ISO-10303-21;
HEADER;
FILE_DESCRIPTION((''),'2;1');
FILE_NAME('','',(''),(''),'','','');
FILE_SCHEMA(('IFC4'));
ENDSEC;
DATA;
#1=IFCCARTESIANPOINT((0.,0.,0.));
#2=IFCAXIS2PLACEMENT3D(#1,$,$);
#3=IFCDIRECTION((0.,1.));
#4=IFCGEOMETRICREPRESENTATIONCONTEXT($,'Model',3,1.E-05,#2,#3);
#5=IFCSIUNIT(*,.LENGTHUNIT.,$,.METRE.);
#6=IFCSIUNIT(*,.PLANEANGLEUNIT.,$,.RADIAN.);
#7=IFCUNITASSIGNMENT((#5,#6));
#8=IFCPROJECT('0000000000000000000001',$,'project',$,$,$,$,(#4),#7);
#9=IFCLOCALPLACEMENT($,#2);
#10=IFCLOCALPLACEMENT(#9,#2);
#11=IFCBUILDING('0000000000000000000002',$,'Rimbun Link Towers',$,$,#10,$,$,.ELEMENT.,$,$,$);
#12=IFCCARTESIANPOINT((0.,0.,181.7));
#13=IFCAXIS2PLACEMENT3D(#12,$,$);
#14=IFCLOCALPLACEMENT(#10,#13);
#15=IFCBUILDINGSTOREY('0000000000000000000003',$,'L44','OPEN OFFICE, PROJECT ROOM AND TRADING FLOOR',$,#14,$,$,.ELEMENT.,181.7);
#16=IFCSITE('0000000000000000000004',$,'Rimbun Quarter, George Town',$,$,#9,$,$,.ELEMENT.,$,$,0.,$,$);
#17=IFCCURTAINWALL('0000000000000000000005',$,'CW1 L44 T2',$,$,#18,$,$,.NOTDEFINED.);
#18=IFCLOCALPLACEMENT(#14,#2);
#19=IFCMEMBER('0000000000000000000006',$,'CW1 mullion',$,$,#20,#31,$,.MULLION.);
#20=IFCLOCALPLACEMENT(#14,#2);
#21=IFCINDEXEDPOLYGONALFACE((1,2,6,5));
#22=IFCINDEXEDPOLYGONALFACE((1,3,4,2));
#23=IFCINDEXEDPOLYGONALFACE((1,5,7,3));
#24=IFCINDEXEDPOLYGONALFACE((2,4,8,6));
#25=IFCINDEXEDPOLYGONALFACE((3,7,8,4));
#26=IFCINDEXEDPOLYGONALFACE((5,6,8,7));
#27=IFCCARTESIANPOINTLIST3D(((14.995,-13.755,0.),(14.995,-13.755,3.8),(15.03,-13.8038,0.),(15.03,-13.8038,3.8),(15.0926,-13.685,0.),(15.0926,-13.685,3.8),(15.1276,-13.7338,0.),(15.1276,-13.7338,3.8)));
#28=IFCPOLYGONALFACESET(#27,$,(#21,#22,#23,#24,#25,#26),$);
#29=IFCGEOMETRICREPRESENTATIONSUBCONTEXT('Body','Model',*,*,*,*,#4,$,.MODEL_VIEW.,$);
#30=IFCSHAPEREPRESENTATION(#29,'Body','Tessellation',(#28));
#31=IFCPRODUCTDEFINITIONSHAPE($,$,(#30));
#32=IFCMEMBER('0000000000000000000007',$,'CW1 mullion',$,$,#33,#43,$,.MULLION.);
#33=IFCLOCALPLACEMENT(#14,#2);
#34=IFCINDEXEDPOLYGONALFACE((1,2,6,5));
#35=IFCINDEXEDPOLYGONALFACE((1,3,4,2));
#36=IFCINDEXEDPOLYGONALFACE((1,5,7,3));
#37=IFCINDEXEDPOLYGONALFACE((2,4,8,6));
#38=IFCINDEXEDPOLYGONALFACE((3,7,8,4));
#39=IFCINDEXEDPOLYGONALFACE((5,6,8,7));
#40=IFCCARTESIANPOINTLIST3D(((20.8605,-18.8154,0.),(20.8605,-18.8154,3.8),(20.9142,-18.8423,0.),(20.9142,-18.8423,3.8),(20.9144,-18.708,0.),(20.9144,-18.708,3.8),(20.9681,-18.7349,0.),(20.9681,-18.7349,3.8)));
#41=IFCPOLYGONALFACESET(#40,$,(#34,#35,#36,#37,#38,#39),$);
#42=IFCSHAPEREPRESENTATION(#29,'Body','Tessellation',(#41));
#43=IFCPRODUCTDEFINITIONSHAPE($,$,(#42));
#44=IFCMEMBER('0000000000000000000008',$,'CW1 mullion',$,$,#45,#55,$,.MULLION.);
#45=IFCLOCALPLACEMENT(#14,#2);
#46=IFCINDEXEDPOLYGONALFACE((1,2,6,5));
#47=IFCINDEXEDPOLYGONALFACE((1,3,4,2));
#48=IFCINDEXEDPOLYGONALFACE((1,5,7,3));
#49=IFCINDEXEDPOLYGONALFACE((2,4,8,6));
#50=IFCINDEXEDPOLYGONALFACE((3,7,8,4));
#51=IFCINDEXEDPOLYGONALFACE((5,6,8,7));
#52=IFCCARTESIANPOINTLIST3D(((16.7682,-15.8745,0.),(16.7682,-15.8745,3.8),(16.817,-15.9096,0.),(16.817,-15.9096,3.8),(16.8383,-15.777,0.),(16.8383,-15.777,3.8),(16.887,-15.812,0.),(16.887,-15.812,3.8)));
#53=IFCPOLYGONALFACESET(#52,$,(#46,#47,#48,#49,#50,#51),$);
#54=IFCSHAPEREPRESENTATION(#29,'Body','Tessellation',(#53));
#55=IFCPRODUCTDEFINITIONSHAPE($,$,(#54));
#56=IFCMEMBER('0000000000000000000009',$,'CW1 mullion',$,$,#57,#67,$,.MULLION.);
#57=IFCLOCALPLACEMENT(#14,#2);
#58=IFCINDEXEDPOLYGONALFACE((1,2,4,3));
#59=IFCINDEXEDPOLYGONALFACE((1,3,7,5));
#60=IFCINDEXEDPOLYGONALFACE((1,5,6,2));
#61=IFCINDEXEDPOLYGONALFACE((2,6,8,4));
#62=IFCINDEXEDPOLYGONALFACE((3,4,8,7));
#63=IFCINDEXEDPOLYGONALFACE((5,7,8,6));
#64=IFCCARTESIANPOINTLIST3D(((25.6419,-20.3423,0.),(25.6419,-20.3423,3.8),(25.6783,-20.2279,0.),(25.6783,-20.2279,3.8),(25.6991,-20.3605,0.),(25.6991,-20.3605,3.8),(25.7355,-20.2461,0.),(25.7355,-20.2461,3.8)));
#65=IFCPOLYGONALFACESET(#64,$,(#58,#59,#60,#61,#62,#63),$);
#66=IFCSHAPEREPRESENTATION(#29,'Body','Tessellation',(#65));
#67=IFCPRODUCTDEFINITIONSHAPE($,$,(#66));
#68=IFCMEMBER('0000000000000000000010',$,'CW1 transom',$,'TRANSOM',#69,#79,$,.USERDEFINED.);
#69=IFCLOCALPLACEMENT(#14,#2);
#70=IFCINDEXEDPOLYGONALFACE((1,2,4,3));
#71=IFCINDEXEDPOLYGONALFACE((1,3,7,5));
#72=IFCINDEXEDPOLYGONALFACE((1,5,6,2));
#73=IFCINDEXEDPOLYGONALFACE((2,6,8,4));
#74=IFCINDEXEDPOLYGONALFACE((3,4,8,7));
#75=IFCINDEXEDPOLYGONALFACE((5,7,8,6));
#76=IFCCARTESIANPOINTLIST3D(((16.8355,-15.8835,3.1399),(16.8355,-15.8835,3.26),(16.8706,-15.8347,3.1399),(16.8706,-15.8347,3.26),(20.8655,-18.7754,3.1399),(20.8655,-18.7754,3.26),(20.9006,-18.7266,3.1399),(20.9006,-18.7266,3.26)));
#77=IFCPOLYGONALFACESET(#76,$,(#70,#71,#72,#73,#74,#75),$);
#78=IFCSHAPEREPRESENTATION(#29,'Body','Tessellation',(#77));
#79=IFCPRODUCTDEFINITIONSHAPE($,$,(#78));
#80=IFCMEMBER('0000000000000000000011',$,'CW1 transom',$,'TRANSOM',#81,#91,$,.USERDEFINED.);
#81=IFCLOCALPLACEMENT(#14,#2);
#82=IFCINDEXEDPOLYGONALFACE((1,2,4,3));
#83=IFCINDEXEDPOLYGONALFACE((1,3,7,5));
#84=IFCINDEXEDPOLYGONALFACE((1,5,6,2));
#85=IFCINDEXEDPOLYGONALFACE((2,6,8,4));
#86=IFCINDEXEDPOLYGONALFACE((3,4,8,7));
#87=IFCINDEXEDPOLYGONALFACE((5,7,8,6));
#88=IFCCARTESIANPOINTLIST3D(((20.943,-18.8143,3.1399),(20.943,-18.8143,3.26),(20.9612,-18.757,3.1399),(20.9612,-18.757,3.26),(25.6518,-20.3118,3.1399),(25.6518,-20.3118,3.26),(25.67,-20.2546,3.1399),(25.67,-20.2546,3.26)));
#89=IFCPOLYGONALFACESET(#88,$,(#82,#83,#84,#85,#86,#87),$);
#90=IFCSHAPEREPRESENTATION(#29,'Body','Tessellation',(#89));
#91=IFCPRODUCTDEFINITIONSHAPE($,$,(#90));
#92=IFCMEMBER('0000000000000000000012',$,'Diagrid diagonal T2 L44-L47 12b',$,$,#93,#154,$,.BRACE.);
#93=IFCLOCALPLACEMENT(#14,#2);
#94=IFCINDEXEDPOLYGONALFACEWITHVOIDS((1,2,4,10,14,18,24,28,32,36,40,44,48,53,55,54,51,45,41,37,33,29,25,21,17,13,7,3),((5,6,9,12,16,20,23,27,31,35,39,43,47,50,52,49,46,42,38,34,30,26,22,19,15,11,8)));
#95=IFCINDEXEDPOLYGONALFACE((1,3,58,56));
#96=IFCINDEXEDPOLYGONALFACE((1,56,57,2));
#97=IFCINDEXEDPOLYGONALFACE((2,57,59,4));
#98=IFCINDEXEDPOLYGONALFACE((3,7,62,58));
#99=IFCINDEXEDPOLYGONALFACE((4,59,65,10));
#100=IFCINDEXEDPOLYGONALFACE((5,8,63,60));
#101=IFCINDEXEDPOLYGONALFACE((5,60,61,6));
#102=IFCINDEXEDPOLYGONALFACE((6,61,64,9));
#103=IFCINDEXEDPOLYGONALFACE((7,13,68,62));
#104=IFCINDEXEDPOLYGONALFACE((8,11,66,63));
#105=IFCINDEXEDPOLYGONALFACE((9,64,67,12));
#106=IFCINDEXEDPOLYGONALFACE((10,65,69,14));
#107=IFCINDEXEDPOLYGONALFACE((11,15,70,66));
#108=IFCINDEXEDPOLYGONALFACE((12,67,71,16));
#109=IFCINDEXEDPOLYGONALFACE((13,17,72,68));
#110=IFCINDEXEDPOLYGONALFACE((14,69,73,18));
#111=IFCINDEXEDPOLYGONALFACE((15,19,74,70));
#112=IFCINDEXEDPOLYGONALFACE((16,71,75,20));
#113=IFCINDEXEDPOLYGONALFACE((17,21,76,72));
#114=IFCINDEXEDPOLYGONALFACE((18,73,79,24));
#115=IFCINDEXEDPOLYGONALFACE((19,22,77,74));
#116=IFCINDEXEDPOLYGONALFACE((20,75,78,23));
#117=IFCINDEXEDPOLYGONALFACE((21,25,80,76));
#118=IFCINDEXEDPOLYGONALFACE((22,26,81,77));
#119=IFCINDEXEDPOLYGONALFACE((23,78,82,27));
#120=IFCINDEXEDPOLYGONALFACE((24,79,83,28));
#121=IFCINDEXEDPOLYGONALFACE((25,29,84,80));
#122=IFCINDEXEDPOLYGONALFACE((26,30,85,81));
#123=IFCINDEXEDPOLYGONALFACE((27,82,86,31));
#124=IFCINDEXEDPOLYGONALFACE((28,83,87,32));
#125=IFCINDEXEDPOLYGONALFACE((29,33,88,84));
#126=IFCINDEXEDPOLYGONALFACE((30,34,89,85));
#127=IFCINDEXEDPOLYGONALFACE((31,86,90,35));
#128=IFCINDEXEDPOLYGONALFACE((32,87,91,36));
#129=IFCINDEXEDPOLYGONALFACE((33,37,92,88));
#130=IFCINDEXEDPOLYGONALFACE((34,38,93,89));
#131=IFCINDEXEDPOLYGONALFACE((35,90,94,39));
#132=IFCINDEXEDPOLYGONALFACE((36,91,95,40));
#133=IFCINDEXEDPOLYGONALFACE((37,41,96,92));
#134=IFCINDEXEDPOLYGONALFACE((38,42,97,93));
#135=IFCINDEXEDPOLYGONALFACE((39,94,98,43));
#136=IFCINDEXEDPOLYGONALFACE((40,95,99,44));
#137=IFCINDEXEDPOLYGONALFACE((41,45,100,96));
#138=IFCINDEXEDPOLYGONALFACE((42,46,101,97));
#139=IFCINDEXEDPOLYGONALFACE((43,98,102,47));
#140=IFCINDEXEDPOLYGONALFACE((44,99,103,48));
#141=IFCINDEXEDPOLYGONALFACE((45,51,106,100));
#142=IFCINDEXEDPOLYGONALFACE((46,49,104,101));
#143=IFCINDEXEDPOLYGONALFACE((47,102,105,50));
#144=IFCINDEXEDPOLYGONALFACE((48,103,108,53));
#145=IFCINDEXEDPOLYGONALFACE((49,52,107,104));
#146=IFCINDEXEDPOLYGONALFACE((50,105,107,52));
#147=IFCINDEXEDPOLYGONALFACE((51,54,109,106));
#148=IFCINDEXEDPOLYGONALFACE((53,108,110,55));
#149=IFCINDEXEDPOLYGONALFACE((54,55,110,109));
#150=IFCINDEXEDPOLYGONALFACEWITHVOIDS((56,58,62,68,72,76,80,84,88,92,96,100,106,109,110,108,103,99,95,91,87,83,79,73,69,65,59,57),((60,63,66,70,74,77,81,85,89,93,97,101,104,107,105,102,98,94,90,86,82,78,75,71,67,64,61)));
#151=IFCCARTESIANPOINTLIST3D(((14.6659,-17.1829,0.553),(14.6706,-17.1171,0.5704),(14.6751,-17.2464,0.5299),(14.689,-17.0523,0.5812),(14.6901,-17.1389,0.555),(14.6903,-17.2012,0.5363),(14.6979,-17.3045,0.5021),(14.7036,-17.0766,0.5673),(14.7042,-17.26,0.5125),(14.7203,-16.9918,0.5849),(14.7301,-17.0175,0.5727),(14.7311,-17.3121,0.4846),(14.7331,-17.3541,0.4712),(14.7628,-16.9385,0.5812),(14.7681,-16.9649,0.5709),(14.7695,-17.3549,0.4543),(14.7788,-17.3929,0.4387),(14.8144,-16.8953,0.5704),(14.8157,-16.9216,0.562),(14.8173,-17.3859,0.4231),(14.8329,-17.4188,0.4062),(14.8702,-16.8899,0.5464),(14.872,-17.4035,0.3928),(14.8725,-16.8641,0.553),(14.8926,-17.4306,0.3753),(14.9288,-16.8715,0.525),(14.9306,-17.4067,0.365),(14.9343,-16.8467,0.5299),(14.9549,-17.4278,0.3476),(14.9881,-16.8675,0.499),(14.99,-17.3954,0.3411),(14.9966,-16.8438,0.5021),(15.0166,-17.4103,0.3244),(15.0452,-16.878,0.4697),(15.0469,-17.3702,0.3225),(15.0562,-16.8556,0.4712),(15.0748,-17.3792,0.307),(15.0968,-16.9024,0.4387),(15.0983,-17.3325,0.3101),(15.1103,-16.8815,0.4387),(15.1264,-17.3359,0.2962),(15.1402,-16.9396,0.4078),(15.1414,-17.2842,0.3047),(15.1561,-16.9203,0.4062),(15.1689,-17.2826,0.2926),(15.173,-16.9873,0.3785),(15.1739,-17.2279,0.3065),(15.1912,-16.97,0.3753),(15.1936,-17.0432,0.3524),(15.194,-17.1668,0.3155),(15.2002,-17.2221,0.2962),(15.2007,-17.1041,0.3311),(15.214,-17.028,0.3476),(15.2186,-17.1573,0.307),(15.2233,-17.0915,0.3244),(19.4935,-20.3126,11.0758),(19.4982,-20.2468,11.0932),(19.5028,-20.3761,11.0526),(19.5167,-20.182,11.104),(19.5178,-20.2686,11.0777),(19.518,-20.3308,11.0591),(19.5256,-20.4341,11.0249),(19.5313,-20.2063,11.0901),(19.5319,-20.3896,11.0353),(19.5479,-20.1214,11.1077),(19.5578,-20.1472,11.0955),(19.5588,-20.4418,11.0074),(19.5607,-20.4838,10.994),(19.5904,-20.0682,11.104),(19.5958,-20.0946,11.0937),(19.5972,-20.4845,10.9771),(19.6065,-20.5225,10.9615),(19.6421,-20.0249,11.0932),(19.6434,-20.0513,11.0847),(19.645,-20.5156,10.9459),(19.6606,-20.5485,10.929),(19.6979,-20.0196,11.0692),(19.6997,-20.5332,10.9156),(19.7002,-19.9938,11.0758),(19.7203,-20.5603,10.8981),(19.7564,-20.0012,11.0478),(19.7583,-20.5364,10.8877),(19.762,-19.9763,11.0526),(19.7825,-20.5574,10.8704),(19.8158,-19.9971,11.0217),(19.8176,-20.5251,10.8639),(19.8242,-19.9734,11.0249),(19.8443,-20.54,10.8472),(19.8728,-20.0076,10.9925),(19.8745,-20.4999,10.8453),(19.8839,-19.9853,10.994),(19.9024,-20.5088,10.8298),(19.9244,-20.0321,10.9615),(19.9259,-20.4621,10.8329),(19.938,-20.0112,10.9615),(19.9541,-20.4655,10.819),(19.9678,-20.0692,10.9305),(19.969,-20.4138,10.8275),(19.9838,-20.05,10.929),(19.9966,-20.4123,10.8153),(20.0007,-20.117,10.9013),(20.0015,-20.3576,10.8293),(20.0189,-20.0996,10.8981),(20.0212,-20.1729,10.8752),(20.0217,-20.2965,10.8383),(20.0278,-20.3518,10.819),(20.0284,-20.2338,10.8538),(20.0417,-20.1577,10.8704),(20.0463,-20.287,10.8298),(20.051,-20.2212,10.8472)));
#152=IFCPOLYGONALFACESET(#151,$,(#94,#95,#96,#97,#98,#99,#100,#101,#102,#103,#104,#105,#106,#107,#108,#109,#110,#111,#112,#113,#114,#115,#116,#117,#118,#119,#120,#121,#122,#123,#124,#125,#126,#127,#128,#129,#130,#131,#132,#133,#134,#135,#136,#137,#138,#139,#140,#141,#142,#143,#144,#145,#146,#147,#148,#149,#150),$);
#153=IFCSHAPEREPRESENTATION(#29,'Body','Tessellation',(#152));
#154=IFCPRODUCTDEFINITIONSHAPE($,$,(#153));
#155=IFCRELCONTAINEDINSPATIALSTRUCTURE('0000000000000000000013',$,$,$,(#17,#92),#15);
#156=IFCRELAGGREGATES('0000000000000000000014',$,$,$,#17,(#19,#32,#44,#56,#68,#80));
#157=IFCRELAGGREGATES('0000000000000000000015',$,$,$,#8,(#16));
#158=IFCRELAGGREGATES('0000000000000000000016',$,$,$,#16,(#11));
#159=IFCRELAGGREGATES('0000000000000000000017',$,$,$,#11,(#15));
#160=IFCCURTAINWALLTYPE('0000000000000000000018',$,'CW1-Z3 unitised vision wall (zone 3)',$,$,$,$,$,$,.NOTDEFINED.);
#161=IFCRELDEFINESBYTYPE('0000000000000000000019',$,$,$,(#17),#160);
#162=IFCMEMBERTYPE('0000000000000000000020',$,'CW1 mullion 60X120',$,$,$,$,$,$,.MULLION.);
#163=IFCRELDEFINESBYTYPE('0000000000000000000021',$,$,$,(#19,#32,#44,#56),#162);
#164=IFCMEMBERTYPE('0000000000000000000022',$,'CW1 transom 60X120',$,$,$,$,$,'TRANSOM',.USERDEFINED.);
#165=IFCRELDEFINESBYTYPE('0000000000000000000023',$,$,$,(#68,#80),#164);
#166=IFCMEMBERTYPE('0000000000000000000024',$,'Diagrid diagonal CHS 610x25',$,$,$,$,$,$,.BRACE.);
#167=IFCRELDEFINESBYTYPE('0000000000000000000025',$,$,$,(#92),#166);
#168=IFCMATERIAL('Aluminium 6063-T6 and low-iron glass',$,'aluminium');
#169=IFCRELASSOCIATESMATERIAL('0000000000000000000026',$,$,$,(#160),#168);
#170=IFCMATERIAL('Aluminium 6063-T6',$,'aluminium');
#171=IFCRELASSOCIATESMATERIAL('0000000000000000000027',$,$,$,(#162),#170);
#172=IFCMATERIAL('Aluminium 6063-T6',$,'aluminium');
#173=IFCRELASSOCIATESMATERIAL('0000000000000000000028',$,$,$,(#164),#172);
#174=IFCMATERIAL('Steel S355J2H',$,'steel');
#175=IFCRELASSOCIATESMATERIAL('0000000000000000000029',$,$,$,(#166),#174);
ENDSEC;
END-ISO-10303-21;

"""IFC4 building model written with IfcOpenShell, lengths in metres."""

from ifc_helpers import new_model, si_unit, direction, frame, origin, origin_2d, place, context, subcontext, project, spatial, rectangle, hollow_circle, extrude, material, material_profile, profile_set, type_object, element, aggregate, save


model = new_model("IFC4")

# Units and contexts
model_context = context("Model", 3, precision=1e-05, world=origin(), true_north=direction((0.0, 1.0)))
body_context = subcontext(model_context, "Body", "Model", "MODEL_VIEW")
ifc_project = project(units=[si_unit("LENGTHUNIT", "METRE"), si_unit("PLANEANGLEUNIT", "RADIAN")], contexts=[model_context])

# Site, building, storey
site_placement = place(None, origin())
site = spatial("IfcSite", under=ifc_project, at=site_placement, Name="Rimbun Quarter, George Town", CompositionType="ELEMENT", RefElevation=0.0)
building_placement = place(site_placement, origin())
building = spatial("IfcBuilding", under=site, at=building_placement, Name="Rimbun Link Towers", CompositionType="ELEMENT")
storey_placement = place(building_placement, frame((0.0, 0.0, 181.7)))
storey = spatial("IfcBuildingStorey", under=building, at=storey_placement, Name="L44", Description="OPEN OFFICE, PROJECT ROOM AND TRADING FLOOR", CompositionType="ELEMENT", Elevation=181.7)

# Curtain wall, members
ifc_material_1 = material(Name="Aluminium 6063-T6 and low-iron glass", Category="aluminium")
curtain_wall_type = type_object("IfcCurtainWallType", Name="CW1-Z3 unitised vision wall (zone 3)", PredefinedType="NOTDEFINED", material=ifc_material_1)
curtain_wall_placement = place(storey_placement, origin())
curtain_wall = element("IfcCurtainWall", 1, at=curtain_wall_placement, inside=storey, type_object=curtain_wall_type, Name="CW1 L44 T2", PredefinedType="NOTDEFINED")
ifc_material_2 = material(Name="Aluminium 6063-T6", Category="aluminium")
ifc_material_profile_1 = material_profile(ifc_material_2, rectangle(XDim=0.1201, YDim=0.0601, at=origin_2d()), Name="MULLION 60X120")
ifc_profile_set_1 = profile_set([ifc_material_profile_1], Name="Aluminium 6063-T6")
member_type_1 = type_object("IfcMemberType", Name="CW1 mullion 60X120", PredefinedType="MULLION", material=ifc_profile_set_1)
member_1_placement = place(storey_placement, frame((15.0613, -13.7444, 0.0), z_axis=(0.0, 0.0, 1.0), x_axis=(-0.812461, -0.583015, 0.0)))
member_1 = element("IfcMember", 2, at=member_1_placement, type_object=member_type_1, Name="CW1 mullion", PredefinedType="MULLION", context=body_context, shape_type="SweptSolid", body=[
    extrude(rectangle(XDim=0.1201, YDim=0.0601, at=origin_2d()), origin(), (0.0, 0.0, 1.0), 3.8),
])
member_2_placement = place(storey_placement, frame((20.9143, -18.7751, 0.0), z_axis=(0.0, 0.0, 1.0), x_axis=(-0.44857, -0.893748, 0.0)))
member_2 = element("IfcMember", 3, at=member_2_placement, type_object=member_type_1, Name="CW1 mullion", PredefinedType="MULLION", context=body_context, shape_type="SweptSolid", body=[
    extrude(rectangle(XDim=0.1201, YDim=0.0601, at=origin_2d()), origin(), (0.0, 0.0, 1.0), 3.8),
])
member_3_placement = place(storey_placement, frame((16.8276, -15.8433, 0.0), z_axis=(0.0, 0.0, 1.0), x_axis=(-0.583015, -0.812461, 0.0)))
member_3 = element("IfcMember", 4, at=member_3_placement, type_object=member_type_1, Name="CW1 mullion", PredefinedType="MULLION", context=body_context, shape_type="SweptSolid", body=[
    extrude(rectangle(XDim=0.1201, YDim=0.0601, at=origin_2d()), origin(), (0.0, 0.0, 1.0), 3.8),
])
member_4_placement = place(storey_placement, frame((25.6887, -20.2942, 0.0), z_axis=(0.0, 0.0, 1.0), x_axis=(-0.303053, -0.952974, 0.0)))
member_4 = element("IfcMember", 5, at=member_4_placement, type_object=member_type_1, Name="CW1 mullion", PredefinedType="MULLION", context=body_context, shape_type="SweptSolid", body=[
    extrude(rectangle(XDim=0.1201, YDim=0.0601, at=origin_2d()), origin(), (0.0, 0.0, 1.0), 3.8),
])
ifc_material_3 = material(Name="Aluminium 6063-T6", Category="aluminium")
ifc_material_profile_2 = material_profile(ifc_material_3, rectangle(XDim=0.0601, YDim=0.1201, at=origin_2d()), Name="TRANSOM 60X120")
ifc_profile_set_2 = profile_set([ifc_material_profile_2], Name="Aluminium 6063-T6")
member_type_2 = type_object("IfcMemberType", Name="CW1 transom 60X120", ElementType="TRANSOM", PredefinedType="USERDEFINED", material=ifc_profile_set_2)
member_5_placement = place(storey_placement, frame((20.8831, -18.751, 3.2), z_axis=(-0.812468, 0.583006, 0.0), x_axis=(-0.583006, -0.812468, 0.0)))
member_5 = element("IfcMember", 6, at=member_5_placement, type_object=member_type_2, Name="CW1 transom", ObjectType="TRANSOM", PredefinedType="USERDEFINED", context=body_context, shape_type="SweptSolid", body=[
    extrude(rectangle(XDim=0.0601, YDim=0.1201, at=origin_2d()), origin(), (0.0, 0.0, 1.0), 4.9602),
])
member_6_placement = place(storey_placement, frame((25.6609, -20.2832, 3.2), z_axis=(-0.952965, 0.303079, 0.0), x_axis=(-0.303079, -0.952965, 0.0)))
member_6 = element("IfcMember", 7, at=member_6_placement, type_object=member_type_2, Name="CW1 transom", ObjectType="TRANSOM", PredefinedType="USERDEFINED", context=body_context, shape_type="SweptSolid", body=[
    extrude(rectangle(XDim=0.0601, YDim=0.1201, at=origin_2d()), origin(), (0.0, 0.0, 1.0), 4.9412),
])

# Member
ifc_material_4 = material(Name="Steel S355J2H", Category="steel")
ifc_material_profile_3 = material_profile(ifc_material_4, hollow_circle(Radius=0.3047, WallThickness=0.0249, at=origin_2d()), Name="Diagrid diagonal CHS 610x25")
ifc_profile_set_3 = profile_set([ifc_material_profile_3], Name="Steel S355J2H")
member_type_3 = type_object("IfcMemberType", Name="Diagrid diagonal CHS 610x25", PredefinedType="BRACE", material=ifc_profile_set_3)
member_7_placement = place(storey_placement, frame((14.9446, -17.1372, 0.4387), z_axis=(0.402543, -0.260959, 0.877416), x_axis=(0.543971, 0.839104, 0.0)))
element("IfcMember", 8, at=member_7_placement, inside=storey, type_object=member_type_3, Name="Diagrid diagonal T2 L44-L47 12b", PredefinedType="BRACE", context=body_context, shape_type="SweptSolid", body=[
    extrude(hollow_circle(Radius=0.3047, WallThickness=0.0249, at=origin_2d()), origin(), (0.0, 0.0, 1.0), 11.9929),
])

aggregate(curtain_wall, [member_1, member_2, member_3, member_4, member_5, member_6])

save(model, "model.ifc")
